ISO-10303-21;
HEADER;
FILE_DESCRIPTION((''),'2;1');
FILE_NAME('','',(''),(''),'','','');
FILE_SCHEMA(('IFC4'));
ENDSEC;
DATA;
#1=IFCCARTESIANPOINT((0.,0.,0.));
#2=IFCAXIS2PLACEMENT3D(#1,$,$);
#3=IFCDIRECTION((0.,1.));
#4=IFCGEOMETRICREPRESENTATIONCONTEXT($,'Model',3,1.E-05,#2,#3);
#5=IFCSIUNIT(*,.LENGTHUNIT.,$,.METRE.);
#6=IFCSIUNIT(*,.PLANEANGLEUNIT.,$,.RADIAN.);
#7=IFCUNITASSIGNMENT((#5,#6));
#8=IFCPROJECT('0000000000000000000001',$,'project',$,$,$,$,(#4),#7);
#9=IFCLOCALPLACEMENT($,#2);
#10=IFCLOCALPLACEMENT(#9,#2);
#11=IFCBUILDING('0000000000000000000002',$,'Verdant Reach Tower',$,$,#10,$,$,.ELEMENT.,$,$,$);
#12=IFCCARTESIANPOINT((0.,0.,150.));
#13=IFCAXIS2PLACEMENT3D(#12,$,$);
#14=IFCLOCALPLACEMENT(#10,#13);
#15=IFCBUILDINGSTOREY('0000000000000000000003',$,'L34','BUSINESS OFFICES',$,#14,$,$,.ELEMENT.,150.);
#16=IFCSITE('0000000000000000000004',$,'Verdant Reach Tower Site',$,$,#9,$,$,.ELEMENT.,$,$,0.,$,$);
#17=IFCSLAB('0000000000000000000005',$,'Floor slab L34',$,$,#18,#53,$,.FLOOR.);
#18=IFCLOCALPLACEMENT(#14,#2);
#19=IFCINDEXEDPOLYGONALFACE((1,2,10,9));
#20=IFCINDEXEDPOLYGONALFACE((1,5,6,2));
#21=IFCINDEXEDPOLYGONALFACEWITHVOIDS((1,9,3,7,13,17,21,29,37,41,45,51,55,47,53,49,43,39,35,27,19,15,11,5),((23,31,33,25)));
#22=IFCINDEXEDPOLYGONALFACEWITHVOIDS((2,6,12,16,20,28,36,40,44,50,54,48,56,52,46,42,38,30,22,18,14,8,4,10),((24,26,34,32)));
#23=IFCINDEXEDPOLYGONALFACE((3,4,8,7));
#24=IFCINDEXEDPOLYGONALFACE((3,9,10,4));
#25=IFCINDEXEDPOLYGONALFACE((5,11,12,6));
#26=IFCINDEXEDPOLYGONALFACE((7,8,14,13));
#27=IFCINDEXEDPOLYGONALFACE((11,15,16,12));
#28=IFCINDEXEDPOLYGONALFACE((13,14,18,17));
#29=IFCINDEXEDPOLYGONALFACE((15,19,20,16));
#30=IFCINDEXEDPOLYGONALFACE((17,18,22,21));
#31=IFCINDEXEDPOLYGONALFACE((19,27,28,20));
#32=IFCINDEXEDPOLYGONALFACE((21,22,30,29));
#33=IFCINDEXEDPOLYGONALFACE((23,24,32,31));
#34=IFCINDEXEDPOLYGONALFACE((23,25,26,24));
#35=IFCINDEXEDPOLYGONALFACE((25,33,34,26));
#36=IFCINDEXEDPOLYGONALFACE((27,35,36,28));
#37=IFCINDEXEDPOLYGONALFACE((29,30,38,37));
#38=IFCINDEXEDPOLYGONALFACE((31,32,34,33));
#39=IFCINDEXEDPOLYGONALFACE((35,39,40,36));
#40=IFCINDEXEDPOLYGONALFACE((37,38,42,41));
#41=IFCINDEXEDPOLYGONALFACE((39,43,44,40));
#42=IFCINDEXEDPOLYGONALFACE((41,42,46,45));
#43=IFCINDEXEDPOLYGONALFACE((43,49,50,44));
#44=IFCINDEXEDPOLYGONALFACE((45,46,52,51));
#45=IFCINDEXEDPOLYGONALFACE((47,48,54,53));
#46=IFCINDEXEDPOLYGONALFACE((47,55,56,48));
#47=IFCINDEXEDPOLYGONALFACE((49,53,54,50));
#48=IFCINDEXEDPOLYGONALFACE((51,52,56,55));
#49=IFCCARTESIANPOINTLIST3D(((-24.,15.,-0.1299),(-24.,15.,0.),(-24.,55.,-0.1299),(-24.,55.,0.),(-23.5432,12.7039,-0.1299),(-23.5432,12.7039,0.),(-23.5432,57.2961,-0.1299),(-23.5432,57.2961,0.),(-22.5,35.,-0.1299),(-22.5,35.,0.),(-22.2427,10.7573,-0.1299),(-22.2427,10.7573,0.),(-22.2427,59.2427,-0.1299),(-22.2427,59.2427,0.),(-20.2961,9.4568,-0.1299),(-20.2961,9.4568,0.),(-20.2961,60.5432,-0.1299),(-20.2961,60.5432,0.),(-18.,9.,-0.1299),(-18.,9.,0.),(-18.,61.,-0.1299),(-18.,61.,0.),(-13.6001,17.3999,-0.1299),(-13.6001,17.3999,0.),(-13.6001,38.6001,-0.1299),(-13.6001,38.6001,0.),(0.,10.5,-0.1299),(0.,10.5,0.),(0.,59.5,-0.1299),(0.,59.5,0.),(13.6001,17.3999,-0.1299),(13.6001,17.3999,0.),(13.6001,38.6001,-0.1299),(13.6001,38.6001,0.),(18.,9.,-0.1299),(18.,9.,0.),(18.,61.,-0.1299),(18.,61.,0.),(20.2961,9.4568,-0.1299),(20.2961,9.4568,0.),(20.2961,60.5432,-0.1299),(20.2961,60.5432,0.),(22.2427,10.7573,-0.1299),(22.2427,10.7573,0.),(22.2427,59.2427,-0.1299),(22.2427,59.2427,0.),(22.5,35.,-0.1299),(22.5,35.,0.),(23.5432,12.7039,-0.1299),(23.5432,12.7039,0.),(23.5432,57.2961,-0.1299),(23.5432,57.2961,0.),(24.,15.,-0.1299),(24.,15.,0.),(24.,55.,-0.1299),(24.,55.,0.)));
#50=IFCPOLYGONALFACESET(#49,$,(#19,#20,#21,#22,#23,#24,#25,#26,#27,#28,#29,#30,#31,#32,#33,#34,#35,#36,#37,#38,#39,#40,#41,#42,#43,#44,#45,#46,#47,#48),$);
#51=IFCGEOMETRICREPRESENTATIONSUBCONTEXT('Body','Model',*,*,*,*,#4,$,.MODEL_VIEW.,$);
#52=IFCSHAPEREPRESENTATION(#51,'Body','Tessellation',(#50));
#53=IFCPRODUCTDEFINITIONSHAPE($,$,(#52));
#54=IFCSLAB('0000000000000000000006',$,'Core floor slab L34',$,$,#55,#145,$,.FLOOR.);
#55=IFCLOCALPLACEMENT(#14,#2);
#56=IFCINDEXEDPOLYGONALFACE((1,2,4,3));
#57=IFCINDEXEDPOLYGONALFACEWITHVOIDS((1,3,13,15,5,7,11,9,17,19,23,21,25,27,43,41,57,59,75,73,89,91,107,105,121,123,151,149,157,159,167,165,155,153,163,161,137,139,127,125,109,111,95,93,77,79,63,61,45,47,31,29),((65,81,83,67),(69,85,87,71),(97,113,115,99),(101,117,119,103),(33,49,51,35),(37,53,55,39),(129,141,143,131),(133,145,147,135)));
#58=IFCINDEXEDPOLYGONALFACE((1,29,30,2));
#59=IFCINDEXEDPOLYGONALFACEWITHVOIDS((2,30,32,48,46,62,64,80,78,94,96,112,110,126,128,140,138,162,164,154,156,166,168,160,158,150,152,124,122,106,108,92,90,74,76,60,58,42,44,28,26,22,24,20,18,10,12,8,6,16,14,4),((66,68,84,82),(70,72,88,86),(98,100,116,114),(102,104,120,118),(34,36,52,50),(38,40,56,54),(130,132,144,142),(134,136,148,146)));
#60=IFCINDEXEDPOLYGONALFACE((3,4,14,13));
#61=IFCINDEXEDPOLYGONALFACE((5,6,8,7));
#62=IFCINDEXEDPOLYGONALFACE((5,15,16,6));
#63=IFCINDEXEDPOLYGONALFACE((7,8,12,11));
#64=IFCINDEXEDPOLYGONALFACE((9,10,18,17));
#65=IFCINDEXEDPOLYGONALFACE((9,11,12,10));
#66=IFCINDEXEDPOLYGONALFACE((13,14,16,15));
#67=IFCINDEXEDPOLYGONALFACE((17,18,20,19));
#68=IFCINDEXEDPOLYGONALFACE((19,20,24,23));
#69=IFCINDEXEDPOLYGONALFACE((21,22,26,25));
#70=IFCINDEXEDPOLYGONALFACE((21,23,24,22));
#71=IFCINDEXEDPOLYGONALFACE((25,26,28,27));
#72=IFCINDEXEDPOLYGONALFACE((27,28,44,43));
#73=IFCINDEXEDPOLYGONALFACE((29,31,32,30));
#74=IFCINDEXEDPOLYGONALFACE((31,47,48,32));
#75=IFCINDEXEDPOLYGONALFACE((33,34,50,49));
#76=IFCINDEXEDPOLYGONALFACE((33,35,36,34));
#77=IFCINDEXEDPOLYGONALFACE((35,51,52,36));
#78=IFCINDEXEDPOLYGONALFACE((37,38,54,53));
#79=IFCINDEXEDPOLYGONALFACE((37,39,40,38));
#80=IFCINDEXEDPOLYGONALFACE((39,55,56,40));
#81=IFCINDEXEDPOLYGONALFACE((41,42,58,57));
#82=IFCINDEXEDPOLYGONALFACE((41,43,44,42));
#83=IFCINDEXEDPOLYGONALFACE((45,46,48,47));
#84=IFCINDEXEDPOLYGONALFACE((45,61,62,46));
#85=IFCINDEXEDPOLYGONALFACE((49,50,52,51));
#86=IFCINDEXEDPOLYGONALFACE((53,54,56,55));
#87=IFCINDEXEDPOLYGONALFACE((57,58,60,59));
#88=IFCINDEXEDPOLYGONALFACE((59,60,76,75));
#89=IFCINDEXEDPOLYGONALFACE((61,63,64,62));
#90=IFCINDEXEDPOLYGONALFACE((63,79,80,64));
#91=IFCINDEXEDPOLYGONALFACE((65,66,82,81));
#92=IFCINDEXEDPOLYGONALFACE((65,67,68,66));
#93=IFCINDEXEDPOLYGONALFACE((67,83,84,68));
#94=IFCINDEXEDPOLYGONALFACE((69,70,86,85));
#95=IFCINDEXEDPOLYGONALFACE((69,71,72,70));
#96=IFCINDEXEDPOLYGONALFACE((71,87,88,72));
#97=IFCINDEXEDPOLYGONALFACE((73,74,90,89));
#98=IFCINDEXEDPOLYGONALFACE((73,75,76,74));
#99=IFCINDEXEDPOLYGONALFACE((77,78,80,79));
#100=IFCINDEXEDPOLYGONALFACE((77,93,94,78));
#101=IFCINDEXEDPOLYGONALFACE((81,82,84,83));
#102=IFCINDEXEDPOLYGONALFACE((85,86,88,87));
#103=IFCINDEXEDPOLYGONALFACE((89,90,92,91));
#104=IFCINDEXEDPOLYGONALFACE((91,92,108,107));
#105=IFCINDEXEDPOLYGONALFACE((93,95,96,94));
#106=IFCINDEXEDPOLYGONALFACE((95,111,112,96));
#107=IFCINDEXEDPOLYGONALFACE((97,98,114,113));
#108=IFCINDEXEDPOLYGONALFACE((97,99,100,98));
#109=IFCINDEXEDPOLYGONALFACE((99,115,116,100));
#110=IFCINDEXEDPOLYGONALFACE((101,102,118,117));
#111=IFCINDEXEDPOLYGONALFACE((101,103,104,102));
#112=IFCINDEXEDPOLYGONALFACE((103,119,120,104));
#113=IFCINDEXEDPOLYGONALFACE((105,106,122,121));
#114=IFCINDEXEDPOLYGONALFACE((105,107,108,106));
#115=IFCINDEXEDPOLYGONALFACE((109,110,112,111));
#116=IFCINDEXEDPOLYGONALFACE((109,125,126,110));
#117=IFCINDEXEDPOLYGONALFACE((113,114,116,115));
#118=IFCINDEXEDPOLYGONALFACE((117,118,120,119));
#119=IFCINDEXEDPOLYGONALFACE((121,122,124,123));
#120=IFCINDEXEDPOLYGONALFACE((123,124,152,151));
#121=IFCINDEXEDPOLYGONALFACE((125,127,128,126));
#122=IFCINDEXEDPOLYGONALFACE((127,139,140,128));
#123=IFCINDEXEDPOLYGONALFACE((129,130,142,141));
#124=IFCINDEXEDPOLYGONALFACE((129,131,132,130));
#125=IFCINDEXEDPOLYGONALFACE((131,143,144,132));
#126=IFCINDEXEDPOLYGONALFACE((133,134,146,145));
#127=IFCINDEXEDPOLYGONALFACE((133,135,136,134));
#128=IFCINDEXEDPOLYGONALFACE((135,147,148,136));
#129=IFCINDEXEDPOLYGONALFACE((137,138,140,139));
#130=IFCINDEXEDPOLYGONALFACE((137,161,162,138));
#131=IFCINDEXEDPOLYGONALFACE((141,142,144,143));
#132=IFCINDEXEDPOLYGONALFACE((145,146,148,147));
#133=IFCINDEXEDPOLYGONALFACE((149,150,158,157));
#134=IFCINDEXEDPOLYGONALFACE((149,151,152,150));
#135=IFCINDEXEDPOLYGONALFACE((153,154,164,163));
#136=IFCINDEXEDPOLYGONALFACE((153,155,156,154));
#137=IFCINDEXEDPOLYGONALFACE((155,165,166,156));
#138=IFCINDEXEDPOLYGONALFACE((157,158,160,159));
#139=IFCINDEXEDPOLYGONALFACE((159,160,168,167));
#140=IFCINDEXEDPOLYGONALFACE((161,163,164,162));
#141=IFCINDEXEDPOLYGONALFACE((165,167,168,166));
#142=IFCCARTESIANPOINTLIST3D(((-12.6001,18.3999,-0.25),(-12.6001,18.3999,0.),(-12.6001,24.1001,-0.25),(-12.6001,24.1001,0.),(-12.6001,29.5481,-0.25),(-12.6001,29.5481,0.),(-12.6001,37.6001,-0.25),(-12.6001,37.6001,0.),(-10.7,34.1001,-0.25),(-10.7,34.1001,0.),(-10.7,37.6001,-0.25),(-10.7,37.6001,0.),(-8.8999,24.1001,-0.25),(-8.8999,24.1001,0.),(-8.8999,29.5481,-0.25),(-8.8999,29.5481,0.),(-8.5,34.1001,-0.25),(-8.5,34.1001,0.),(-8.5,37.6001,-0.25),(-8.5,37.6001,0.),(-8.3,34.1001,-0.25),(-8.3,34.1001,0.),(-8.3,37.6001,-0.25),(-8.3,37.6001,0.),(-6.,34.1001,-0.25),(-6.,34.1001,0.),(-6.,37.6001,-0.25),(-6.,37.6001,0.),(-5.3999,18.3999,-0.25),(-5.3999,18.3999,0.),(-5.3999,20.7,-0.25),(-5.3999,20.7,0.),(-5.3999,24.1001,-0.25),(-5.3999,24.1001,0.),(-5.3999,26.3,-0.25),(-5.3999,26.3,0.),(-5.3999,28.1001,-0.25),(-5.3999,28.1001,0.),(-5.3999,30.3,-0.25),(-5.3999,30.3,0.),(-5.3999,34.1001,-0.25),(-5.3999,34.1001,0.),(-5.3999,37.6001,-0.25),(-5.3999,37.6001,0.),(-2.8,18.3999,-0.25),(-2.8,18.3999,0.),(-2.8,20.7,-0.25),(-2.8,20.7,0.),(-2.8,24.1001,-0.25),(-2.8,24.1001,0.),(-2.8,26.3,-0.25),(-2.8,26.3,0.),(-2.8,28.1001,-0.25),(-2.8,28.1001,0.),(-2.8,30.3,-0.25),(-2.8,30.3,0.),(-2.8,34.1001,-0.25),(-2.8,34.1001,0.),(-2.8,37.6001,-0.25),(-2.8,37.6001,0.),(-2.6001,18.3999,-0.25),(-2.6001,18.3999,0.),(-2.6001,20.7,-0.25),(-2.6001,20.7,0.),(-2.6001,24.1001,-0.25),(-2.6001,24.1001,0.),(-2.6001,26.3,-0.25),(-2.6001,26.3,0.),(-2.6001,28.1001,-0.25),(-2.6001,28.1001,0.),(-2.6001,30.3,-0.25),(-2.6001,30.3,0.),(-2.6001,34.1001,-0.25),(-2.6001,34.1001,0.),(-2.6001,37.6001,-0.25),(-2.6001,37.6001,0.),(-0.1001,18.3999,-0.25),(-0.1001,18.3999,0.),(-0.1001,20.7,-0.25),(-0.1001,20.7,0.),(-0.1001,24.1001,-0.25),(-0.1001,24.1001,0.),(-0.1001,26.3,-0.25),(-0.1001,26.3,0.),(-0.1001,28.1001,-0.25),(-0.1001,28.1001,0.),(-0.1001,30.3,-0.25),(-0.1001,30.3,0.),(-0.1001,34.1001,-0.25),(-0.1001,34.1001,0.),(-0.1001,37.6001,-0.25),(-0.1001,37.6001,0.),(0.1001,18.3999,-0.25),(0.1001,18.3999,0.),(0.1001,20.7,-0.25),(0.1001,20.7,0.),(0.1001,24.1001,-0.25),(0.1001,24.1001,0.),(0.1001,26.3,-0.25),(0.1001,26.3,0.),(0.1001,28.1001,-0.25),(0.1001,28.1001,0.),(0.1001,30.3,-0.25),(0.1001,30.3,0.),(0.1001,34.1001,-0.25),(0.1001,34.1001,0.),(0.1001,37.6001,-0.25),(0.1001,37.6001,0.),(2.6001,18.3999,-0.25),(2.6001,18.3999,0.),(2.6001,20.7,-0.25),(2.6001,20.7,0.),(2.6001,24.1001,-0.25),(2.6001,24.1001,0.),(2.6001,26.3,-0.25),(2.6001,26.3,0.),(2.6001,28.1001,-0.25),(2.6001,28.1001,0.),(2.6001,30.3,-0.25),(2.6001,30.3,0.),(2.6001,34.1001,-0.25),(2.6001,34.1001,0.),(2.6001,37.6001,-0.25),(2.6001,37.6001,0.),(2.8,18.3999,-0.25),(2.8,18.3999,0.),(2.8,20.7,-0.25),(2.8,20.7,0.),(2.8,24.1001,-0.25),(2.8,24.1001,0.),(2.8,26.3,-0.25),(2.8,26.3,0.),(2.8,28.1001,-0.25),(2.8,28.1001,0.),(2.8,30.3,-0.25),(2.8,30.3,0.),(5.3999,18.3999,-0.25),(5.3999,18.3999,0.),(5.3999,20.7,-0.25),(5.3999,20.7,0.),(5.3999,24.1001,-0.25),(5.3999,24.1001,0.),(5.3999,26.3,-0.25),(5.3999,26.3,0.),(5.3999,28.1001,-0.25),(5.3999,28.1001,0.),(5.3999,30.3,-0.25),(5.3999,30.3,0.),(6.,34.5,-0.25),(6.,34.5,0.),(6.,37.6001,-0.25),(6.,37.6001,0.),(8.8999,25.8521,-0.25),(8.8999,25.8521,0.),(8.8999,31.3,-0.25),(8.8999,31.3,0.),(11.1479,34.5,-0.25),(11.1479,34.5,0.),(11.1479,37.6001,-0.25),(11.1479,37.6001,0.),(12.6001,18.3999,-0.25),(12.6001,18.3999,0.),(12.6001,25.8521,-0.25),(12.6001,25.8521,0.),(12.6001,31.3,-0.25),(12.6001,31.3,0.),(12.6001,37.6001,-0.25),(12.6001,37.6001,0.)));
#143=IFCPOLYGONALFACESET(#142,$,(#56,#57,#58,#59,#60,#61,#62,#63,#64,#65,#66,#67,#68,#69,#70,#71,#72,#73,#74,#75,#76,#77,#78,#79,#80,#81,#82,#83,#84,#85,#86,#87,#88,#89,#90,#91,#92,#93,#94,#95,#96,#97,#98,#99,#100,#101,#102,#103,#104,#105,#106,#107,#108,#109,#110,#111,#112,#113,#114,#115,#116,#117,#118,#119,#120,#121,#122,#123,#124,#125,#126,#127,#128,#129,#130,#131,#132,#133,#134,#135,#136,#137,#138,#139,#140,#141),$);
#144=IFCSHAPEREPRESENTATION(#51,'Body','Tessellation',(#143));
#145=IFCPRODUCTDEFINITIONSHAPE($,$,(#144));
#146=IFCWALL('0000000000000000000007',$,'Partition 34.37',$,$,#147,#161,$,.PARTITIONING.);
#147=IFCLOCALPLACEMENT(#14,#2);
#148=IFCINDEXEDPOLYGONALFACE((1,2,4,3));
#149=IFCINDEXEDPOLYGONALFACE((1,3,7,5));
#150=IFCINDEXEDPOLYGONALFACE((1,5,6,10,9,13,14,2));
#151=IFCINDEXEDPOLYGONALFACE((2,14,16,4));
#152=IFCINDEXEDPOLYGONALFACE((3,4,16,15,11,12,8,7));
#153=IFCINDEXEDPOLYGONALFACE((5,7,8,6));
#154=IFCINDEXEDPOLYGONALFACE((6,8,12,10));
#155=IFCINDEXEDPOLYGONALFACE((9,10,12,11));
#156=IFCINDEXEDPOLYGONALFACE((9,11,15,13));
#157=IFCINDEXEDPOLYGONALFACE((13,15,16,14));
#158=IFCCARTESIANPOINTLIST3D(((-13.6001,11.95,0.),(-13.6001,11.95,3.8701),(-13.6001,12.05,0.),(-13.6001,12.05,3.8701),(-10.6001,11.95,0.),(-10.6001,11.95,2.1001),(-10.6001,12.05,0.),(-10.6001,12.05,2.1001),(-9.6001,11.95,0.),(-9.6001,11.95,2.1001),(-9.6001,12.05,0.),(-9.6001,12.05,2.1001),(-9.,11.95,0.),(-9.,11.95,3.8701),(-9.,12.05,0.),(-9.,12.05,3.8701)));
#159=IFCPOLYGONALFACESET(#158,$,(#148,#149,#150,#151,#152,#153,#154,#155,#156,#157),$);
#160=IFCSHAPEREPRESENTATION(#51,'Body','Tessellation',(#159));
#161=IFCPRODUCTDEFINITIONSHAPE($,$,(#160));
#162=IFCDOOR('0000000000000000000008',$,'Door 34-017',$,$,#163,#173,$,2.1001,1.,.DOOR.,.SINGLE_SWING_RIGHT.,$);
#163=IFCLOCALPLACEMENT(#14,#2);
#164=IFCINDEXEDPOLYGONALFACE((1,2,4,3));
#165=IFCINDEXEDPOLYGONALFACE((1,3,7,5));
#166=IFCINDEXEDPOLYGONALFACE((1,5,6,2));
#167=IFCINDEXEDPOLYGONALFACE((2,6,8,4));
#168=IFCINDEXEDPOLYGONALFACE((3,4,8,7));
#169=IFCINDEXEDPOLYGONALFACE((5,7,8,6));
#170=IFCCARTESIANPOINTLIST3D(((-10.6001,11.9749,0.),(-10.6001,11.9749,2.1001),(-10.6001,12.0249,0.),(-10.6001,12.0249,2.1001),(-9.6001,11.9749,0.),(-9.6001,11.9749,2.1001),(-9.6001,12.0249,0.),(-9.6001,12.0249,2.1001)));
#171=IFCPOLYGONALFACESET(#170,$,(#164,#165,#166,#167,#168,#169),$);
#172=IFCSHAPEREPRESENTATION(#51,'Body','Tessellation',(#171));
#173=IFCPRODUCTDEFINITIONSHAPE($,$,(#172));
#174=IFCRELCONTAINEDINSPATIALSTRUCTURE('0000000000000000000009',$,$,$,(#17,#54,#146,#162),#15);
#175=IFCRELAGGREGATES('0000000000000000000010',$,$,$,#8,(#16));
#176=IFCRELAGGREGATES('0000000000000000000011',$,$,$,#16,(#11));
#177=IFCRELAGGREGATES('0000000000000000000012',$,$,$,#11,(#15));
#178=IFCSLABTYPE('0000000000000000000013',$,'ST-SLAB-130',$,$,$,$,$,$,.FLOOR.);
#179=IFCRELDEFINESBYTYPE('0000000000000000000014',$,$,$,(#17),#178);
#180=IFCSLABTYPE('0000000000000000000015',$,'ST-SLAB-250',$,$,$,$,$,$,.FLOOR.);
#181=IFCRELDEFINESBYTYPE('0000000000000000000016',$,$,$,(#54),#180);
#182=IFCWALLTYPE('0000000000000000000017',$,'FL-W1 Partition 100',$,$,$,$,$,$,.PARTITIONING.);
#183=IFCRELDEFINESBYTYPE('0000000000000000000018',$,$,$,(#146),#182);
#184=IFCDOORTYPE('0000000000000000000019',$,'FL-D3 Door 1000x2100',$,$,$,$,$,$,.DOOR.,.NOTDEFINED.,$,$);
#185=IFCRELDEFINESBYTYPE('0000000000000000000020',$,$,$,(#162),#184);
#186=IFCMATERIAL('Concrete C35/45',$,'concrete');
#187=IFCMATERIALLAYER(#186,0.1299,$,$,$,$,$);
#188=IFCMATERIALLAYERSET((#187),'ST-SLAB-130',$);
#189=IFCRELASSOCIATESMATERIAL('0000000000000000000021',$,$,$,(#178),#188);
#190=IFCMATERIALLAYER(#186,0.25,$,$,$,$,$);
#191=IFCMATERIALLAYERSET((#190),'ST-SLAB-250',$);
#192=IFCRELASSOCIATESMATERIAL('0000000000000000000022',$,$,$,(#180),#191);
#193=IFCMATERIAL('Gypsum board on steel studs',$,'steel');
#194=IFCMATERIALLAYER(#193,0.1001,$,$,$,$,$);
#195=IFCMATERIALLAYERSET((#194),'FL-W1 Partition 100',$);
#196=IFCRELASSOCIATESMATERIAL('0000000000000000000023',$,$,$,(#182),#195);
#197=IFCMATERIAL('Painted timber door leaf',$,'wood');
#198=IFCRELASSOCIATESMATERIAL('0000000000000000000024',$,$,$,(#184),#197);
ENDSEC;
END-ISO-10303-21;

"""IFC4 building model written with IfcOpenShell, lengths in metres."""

from ifc_helpers import new_model, si_unit, direction, frame, frame_2d, origin, place, context, subcontext, project, spatial, polyline, rectangle, outline, extrude, material, layer, layer_set, type_object, element, fill, save


model = new_model("IFC4")

# Units and contexts
model_context = context("Model", 3, precision=1e-05, world=origin(), true_north=direction((0.0, 1.0)))
body_context = subcontext(model_context, "Body", "Model", "MODEL_VIEW")
ifc_project = project(units=[si_unit("LENGTHUNIT", "METRE"), si_unit("PLANEANGLEUNIT", "RADIAN")], contexts=[model_context])

# Site, building, storey
site_placement = place(None, origin())
site = spatial("IfcSite", under=ifc_project, at=site_placement, Name="Verdant Reach Tower Site", CompositionType="ELEMENT", RefElevation=0.0)
building_placement = place(site_placement, origin())
building = spatial("IfcBuilding", under=site, at=building_placement, Name="Verdant Reach Tower", CompositionType="ELEMENT")
storey_placement = place(building_placement, frame((0.0, 0.0, 150.0)))
storey = spatial("IfcBuildingStorey", under=building, at=storey_placement, Name="L34", Description="BUSINESS OFFICES", CompositionType="ELEMENT", Elevation=150.0)

# Slabs
ifc_material_1 = material(Name="Concrete C35/45", Category="concrete")
ifc_layer_1 = layer(ifc_material_1, 0.1299)
ifc_layer_set_1 = layer_set([ifc_layer_1], Name="ST-SLAB-130")
slab_type_1 = type_object("IfcSlabType", Name="ST-SLAB-130", PredefinedType="FLOOR", material=ifc_layer_set_1)
slab_1_placement = place(storey_placement, frame((0.0, 0.0, -0.1299)))
element("IfcSlab", 1, at=slab_1_placement, inside=storey, type_object=slab_type_1, Name="Floor slab L34", PredefinedType="FLOOR", context=body_context, shape_type="SweptSolid", body=[
    extrude(outline(polyline([(0.0, 10.5), (-18.0, 9.0), (-20.2961, 9.4568), (-22.2427, 10.7573), (-23.5432, 12.7039), (-24.0, 15.0), (-22.5, 35.0), (-24.0, 55.0), (-23.5432, 57.2961), (-22.2427, 59.2427), (-20.2961, 60.5432), (-18.0, 61.0), (0.0, 59.5), (18.0, 61.0), (20.2961, 60.5432), (22.2427, 59.2427), (23.5432, 57.2961), (24.0, 55.0), (22.5, 35.0), (24.0, 15.0), (23.5432, 12.7039), (22.2427, 10.7573), (20.2961, 9.4568), (18.0, 9.0), (0.0, 10.5)]), holes=[polyline([(13.6001, 38.6001), (-13.6001, 38.6001), (-13.6001, 17.3999), (13.6001, 17.3999), (13.6001, 38.6001)])]), origin(), (0.0, 0.0, 1.0), 0.1299),
])
ifc_layer_2 = layer(ifc_material_1, 0.25)
ifc_layer_set_2 = layer_set([ifc_layer_2], Name="ST-SLAB-250")
slab_type_2 = type_object("IfcSlabType", Name="ST-SLAB-250", PredefinedType="FLOOR", material=ifc_layer_set_2)
slab_2_placement = place(storey_placement, frame((0.0, 0.0, -0.25)))
element("IfcSlab", 2, at=slab_2_placement, inside=storey, type_object=slab_type_2, Name="Core floor slab L34", PredefinedType="FLOOR", context=body_context, shape_type="SweptSolid", body=[
    extrude(outline(polyline([(12.6001, 18.3999), (5.3999, 18.3999), (5.3999, 20.7), (2.8, 20.7), (2.8, 18.3999), (2.6001, 18.3999), (2.6001, 20.7), (0.1001, 20.7), (0.1001, 18.3999), (-0.1001, 18.3999), (-0.1001, 20.7), (-2.6001, 20.7), (-2.6001, 18.3999), (-2.8, 18.3999), (-2.8, 20.7), (-5.3999, 20.7), (-5.3999, 18.3999), (-12.6001, 18.3999), (-12.6001, 24.1001), (-8.8999, 24.1001), (-8.8999, 29.5481), (-12.6001, 29.5481), (-12.6001, 37.6001), (-10.7, 37.6001), (-10.7, 34.1001), (-8.5, 34.1001), (-8.5, 37.6001), (-8.3, 37.6001), (-8.3, 34.1001), (-6.0, 34.1001), (-6.0, 37.6001), (-5.3999, 37.6001), (-5.3999, 34.1001), (-2.8, 34.1001), (-2.8, 37.6001), (-2.6001, 37.6001), (-2.6001, 34.1001), (-0.1001, 34.1001), (-0.1001, 37.6001), (0.1001, 37.6001), (0.1001, 34.1001), (2.6001, 34.1001), (2.6001, 37.6001), (6.0, 37.6001), (6.0, 34.5), (11.1479, 34.5), (11.1479, 37.6001), (12.6001, 37.6001), (12.6001, 31.3), (8.8999, 31.3), (8.8999, 25.8521), (12.6001, 25.8521), (12.6001, 18.3999)]), holes=[polyline([(-2.8, 24.1001), (-2.8, 26.3), (-5.3999, 26.3), (-5.3999, 24.1001), (-2.8, 24.1001)]), polyline([(-2.6001, 24.1001), (-0.1001, 24.1001), (-0.1001, 26.3), (-2.6001, 26.3), (-2.6001, 24.1001)]), polyline([(-2.8, 28.1001), (-2.8, 30.3), (-5.3999, 30.3), (-5.3999, 28.1001), (-2.8, 28.1001)]), polyline([(-0.1001, 28.1001), (-0.1001, 30.3), (-2.6001, 30.3), (-2.6001, 28.1001), (-0.1001, 28.1001)]), polyline([(2.6001, 24.1001), (2.6001, 26.3), (0.1001, 26.3), (0.1001, 24.1001), (2.6001, 24.1001)]), polyline([(2.8, 24.1001), (5.3999, 24.1001), (5.3999, 26.3), (2.8, 26.3), (2.8, 24.1001)]), polyline([(2.6001, 28.1001), (2.6001, 30.3), (0.1001, 30.3), (0.1001, 28.1001), (2.6001, 28.1001)]), polyline([(5.3999, 28.1001), (5.3999, 30.3), (2.8, 30.3), (2.8, 28.1001), (5.3999, 28.1001)])]), origin(), (0.0, 0.0, 1.0), 0.25),
])

# Wall, opening, door
ifc_material_2 = material(Name="Gypsum board on steel studs", Category="steel")
ifc_layer_3 = layer(ifc_material_2, 0.1001)
ifc_layer_set_3 = layer_set([ifc_layer_3], Name="FL-W1 Partition 100")
wall_type_1 = type_object("IfcWallType", Name="FL-W1 Partition 100", PredefinedType="PARTITIONING", material=ifc_layer_set_3)
wall_1_placement = place(storey_placement, frame((-13.6001, 12.0, 0.0), z_axis=(0.0, 0.0, 1.0), x_axis=(1.0, 0.0, 0.0)))
wall_1 = element("IfcWall", 3, at=wall_1_placement, inside=storey, type_object=wall_type_1, Name="Partition 34.37", PredefinedType="PARTITIONING", context=body_context, shape_type="SweptSolid", body=[
    extrude(rectangle(XDim=4.6001, YDim=0.1001, at=frame_2d((2.3, 0.0))), origin(), (0.0, 0.0, 1.0), 3.8701),
])
opening_1_placement = place(wall_1_placement, frame((3.0, 0.0, 0.0)))
opening_1 = element("IfcOpeningElement", 4, at=opening_1_placement, cuts=wall_1, PredefinedType="OPENING", context=body_context, shape_type="SweptSolid", body=[
    extrude(rectangle(XDim=1.0, YDim=2.1001, at=frame_2d((0.5, 1.05))), frame((0.0, 0.0601, 0.0), z_axis=(0.0, -1.0, 0.0), x_axis=(1.0, 0.0, 0.0)), (0.0, 0.0, 1.0), 0.1201),
])
ifc_material_3 = material(Name="Painted timber door leaf", Category="wood")
door_type_1 = type_object("IfcDoorType", Name="FL-D3 Door 1000x2100", OperationType="NOTDEFINED", PredefinedType="DOOR", material=ifc_material_3)
door_1_placement = place(opening_1_placement, origin())
door_1 = element("IfcDoor", 5, at=door_1_placement, inside=storey, type_object=door_type_1, Name="Door 34-017", OperationType="SINGLE_SWING_RIGHT", OverallHeight=2.1001, OverallWidth=1.0, PredefinedType="DOOR", context=body_context, shape_type="SweptSolid", body=[
    extrude(rectangle(XDim=1.0, YDim=2.1001, at=frame_2d((0.5, 1.05))), frame((0.0, 0.0249, 0.0), z_axis=(0.0, -1.0, 0.0), x_axis=(1.0, 0.0, 0.0)), (0.0, 0.0, 1.0), 0.05),
])
fill(opening_1, door_1)

save(model, "model.ifc")
